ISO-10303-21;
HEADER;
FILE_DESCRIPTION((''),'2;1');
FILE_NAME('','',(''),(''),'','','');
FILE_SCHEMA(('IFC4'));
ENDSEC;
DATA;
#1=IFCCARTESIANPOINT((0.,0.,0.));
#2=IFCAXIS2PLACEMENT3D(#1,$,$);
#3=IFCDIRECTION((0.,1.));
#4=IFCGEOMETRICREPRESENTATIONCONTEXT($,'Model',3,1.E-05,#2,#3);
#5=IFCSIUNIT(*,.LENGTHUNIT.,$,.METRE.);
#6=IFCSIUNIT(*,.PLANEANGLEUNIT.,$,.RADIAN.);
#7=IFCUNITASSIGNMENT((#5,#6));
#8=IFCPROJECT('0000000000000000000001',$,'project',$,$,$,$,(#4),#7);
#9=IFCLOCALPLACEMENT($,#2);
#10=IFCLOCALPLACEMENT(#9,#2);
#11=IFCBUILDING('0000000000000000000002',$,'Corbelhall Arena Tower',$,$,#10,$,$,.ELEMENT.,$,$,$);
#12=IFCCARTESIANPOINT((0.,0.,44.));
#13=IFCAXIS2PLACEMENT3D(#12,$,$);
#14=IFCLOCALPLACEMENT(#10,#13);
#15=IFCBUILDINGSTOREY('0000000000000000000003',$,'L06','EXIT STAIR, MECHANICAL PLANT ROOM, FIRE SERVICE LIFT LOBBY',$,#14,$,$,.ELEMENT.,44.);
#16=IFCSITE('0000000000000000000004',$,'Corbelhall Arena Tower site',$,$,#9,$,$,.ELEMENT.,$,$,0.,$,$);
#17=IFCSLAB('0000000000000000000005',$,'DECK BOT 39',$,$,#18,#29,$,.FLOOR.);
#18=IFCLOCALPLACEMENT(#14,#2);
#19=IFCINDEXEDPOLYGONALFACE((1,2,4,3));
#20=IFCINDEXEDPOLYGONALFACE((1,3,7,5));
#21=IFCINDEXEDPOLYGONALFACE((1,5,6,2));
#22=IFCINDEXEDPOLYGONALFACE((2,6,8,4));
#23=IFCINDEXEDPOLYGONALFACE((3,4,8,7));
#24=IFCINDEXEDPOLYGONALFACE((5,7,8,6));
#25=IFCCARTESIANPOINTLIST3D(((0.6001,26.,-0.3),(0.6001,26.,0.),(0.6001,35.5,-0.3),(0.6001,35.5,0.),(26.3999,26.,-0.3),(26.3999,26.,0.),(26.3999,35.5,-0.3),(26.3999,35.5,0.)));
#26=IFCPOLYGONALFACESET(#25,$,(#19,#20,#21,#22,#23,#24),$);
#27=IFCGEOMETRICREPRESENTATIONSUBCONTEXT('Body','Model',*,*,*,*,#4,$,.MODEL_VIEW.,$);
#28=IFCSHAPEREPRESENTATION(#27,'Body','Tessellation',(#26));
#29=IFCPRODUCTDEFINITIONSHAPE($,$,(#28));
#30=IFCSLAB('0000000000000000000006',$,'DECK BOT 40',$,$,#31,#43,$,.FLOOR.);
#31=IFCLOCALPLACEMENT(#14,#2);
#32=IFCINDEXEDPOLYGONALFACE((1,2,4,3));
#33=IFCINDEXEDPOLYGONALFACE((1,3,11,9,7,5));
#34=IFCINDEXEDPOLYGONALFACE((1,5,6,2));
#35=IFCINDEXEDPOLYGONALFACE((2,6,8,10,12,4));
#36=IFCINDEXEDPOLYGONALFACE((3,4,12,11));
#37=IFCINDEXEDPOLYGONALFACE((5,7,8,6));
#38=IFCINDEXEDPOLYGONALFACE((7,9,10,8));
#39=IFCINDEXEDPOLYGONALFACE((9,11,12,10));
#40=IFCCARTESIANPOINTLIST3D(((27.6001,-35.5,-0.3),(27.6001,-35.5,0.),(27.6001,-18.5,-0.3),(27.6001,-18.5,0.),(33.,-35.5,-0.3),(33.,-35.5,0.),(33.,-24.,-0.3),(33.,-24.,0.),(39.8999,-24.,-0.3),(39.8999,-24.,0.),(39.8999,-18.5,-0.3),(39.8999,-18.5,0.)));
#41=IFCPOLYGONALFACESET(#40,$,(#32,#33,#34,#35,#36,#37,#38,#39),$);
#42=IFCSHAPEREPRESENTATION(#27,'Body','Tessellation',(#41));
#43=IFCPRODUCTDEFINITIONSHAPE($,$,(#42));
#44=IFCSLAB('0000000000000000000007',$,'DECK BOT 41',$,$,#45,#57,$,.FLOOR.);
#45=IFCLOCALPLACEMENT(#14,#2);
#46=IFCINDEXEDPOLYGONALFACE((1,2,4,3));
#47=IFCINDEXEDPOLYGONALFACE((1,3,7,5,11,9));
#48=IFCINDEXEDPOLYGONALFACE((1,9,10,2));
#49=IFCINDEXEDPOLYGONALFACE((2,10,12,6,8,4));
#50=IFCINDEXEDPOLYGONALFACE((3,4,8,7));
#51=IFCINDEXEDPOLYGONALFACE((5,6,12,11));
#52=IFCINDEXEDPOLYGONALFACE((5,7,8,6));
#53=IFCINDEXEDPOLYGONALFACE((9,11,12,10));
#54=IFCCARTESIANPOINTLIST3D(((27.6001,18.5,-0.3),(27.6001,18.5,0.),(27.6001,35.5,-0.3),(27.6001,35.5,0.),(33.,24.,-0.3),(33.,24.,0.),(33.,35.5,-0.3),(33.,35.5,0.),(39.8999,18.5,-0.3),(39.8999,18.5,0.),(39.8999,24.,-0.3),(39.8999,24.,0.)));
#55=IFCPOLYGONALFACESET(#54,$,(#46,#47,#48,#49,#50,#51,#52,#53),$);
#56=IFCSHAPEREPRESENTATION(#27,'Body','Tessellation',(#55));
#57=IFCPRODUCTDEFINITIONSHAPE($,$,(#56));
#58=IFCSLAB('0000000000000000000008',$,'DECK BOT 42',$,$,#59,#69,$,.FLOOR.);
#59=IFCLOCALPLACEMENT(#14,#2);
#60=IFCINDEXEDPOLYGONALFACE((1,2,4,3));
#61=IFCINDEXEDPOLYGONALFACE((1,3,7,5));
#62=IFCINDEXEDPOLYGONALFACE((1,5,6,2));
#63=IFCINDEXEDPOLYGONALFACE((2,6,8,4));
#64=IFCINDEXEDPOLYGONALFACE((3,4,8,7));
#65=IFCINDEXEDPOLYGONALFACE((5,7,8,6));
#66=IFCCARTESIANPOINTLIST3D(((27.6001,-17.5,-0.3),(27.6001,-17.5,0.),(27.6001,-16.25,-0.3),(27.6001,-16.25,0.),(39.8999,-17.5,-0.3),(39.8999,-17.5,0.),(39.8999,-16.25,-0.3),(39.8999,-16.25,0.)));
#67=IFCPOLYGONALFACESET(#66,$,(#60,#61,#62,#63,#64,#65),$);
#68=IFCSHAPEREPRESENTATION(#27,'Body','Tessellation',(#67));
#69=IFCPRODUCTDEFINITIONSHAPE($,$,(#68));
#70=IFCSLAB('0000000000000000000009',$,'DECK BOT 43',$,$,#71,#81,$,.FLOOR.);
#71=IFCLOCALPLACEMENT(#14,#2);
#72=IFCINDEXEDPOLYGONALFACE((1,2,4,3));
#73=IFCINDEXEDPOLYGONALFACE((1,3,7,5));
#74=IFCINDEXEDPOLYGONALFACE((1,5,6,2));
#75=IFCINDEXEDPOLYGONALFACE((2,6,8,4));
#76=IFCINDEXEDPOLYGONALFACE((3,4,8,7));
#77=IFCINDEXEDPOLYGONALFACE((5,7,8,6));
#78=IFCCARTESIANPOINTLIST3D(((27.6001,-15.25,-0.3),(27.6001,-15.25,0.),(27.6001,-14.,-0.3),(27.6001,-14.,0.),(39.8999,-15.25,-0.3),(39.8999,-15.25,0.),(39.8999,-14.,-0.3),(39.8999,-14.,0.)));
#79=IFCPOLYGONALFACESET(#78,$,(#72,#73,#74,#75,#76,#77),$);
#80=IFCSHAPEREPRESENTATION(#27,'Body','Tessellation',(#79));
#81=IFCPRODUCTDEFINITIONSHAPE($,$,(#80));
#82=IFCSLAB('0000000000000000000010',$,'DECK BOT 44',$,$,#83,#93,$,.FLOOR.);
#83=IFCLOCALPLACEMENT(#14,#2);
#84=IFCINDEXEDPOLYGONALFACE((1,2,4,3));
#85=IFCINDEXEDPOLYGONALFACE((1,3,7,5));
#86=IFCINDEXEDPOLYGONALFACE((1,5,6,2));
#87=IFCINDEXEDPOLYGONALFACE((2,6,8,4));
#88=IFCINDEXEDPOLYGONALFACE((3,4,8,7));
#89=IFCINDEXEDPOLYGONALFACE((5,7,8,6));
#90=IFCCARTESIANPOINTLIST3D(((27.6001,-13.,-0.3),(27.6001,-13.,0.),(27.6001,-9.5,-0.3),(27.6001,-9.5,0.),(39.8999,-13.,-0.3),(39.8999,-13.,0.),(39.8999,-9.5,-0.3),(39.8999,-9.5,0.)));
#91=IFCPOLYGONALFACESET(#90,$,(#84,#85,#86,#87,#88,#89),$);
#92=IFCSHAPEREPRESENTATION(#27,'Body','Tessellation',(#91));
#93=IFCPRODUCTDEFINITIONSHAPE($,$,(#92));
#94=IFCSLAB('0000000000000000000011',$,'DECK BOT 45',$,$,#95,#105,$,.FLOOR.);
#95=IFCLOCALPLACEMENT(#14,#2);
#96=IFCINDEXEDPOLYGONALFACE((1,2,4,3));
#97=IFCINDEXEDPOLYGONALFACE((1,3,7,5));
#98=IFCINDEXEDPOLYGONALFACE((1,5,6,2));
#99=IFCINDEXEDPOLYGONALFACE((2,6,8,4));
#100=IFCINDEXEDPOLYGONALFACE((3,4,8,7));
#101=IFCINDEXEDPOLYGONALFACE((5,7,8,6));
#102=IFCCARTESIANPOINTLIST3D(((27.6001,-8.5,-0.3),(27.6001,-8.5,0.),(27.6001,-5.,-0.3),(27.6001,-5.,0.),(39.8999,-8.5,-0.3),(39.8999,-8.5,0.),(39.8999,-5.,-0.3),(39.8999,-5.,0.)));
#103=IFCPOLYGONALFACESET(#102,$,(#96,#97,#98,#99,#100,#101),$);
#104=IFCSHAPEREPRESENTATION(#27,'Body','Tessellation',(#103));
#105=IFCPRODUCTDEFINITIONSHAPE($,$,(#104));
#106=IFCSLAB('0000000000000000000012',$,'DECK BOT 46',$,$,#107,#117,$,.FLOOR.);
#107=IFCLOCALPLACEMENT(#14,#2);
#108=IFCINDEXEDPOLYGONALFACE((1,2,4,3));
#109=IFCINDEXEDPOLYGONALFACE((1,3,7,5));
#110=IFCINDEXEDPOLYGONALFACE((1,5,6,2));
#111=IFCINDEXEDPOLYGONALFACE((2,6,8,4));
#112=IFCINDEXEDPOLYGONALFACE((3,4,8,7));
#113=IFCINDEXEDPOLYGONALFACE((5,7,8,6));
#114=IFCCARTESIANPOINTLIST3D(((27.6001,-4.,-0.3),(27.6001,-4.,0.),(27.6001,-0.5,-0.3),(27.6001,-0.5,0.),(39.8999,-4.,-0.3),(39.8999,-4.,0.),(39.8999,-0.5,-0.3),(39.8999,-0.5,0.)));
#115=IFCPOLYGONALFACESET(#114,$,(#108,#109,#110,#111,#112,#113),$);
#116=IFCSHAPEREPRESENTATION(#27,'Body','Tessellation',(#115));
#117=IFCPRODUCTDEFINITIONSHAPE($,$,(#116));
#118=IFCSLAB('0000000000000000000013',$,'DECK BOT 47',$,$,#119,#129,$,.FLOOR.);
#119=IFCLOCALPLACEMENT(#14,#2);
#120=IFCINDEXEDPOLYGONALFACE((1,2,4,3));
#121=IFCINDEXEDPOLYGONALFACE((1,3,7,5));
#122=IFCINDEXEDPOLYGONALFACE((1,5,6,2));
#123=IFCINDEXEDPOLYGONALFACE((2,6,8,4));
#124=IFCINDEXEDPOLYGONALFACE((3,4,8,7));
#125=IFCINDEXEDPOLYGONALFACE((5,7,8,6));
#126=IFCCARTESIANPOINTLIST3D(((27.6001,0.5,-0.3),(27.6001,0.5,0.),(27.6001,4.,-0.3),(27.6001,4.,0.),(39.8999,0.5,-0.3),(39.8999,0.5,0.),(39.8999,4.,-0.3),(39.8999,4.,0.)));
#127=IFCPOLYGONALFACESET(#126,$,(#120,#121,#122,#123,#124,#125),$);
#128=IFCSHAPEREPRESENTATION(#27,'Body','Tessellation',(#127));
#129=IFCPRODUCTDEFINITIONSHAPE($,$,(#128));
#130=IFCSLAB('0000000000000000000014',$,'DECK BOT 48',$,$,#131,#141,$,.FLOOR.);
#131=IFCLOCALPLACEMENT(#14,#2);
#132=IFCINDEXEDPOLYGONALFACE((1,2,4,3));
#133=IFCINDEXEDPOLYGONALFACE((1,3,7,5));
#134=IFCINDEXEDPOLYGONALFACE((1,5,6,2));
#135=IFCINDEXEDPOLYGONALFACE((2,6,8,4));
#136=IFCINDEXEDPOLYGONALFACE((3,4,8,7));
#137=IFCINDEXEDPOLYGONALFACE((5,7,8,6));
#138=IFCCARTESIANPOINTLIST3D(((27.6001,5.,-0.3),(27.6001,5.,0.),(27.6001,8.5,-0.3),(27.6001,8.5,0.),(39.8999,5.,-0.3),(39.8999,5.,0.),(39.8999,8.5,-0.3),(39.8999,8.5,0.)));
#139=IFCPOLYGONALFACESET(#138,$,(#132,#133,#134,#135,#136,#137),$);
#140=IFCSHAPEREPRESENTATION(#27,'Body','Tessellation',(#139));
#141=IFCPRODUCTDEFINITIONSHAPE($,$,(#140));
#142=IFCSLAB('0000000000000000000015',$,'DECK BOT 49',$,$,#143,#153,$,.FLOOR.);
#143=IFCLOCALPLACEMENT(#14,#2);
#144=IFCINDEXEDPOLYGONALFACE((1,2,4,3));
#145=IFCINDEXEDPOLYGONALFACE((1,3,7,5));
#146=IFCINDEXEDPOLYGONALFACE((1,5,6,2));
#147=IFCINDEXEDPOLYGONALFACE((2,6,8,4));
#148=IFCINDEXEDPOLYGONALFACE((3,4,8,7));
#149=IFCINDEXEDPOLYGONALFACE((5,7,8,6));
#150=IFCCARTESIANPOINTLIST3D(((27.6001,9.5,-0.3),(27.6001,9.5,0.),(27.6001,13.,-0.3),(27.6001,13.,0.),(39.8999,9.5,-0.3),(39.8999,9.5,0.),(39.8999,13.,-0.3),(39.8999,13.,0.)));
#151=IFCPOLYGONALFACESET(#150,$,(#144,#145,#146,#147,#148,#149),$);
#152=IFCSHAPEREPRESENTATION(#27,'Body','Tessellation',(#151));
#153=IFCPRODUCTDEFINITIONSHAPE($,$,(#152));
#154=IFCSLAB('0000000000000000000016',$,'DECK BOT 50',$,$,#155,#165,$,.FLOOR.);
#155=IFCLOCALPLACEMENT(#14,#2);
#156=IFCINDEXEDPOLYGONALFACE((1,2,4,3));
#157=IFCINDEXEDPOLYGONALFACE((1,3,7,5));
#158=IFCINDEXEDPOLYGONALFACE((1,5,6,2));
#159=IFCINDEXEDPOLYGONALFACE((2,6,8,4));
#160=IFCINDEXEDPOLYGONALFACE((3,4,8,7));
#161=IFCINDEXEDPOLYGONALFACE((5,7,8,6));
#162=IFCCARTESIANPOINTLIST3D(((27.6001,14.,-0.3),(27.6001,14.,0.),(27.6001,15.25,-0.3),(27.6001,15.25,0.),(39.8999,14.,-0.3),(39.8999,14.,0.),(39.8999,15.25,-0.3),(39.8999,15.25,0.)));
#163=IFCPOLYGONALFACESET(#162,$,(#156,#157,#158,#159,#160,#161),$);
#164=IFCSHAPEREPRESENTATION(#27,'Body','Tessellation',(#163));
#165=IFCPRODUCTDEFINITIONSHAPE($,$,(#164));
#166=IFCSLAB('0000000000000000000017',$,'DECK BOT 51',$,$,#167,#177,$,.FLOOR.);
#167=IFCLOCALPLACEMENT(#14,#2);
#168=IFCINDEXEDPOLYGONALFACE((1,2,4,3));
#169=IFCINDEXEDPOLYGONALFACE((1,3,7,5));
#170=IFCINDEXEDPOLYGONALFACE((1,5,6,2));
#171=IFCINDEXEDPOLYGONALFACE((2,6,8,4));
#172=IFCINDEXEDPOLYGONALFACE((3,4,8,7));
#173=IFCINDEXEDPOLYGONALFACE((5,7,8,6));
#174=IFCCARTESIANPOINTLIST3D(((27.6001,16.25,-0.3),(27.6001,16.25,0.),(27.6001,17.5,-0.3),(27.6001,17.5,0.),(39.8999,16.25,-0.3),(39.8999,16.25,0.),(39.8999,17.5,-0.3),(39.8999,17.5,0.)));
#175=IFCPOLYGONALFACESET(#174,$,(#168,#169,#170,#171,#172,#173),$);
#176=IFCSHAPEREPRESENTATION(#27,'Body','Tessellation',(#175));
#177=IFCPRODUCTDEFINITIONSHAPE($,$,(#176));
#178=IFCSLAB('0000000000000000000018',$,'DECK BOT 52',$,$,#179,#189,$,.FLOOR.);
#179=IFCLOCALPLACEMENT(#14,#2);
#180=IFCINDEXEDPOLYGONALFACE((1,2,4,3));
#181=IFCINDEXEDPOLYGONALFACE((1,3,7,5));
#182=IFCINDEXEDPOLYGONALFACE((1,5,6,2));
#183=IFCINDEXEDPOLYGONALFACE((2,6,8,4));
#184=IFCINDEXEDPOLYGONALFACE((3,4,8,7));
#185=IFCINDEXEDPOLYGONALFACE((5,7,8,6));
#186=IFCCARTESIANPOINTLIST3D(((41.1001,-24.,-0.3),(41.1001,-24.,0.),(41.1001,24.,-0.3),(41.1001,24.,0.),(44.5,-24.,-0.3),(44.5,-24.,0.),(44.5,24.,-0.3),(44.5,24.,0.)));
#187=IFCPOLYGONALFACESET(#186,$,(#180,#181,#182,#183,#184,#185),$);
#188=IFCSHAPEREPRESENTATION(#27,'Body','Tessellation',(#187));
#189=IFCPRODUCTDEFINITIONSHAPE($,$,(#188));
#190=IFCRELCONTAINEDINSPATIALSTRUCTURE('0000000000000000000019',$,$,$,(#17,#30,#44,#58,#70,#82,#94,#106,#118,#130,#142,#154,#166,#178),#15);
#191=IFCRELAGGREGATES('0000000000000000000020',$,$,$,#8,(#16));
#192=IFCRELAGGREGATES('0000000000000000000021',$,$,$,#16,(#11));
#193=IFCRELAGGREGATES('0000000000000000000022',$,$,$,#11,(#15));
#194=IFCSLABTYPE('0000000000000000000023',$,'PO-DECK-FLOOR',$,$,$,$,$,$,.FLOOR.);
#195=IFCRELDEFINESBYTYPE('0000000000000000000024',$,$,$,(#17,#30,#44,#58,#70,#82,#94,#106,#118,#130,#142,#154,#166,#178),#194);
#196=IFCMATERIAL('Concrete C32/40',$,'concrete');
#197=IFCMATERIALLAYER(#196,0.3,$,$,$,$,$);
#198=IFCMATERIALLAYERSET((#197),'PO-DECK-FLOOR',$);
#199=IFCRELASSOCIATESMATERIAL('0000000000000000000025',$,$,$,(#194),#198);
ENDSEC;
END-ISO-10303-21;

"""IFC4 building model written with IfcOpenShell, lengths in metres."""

from ifc_helpers import new_model, si_unit, direction, frame, origin, place, context, subcontext, project, spatial, polyline, outline, extrude, material, layer, layer_set, type_object, element, save


model = new_model("IFC4")

# Units and contexts
model_context = context("Model", 3, precision=1e-05, world=origin(), true_north=direction((0.0, 1.0)))
body_context = subcontext(model_context, "Body", "Model", "MODEL_VIEW")
ifc_project = project(units=[si_unit("LENGTHUNIT", "METRE"), si_unit("PLANEANGLEUNIT", "RADIAN")], contexts=[model_context])

# Site, building, storey
site_placement = place(None, origin())
site = spatial("IfcSite", under=ifc_project, at=site_placement, Name="Corbelhall Arena Tower site", CompositionType="ELEMENT", RefElevation=0.0)
building_placement = place(site_placement, origin())
building = spatial("IfcBuilding", under=site, at=building_placement, Name="Corbelhall Arena Tower", CompositionType="ELEMENT")
storey_placement = place(building_placement, frame((0.0, 0.0, 44.0)))
storey = spatial("IfcBuildingStorey", under=building, at=storey_placement, Name="L06", Description="EXIT STAIR, MECHANICAL PLANT ROOM, FIRE SERVICE LIFT LOBBY", CompositionType="ELEMENT", Elevation=44.0)

# Slabs
ifc_material_1 = material(Name="Concrete C32/40", Category="concrete")
ifc_layer_1 = layer(ifc_material_1, 0.3)
ifc_layer_set_1 = layer_set([ifc_layer_1], Name="PO-DECK-FLOOR")
slab_type_1 = type_object("IfcSlabType", Name="PO-DECK-FLOOR", PredefinedType="FLOOR", material=ifc_layer_set_1)
slab_1_placement = place(storey_placement, frame((0.0, 0.0, -0.3)))
element("IfcSlab", 1, at=slab_1_placement, inside=storey, type_object=slab_type_1, Name="DECK BOT 39", PredefinedType="FLOOR", context=body_context, shape_type="SweptSolid", body=[
    extrude(outline(polyline([(0.6001, 35.5), (26.3999, 35.5), (26.3999, 26.0), (0.6001, 26.0), (0.6001, 35.5)])), origin(), (0.0, 0.0, 1.0), 0.3),
])
slab_2_placement = place(storey_placement, frame((0.0, 0.0, -0.3)))
element("IfcSlab", 2, at=slab_2_placement, inside=storey, type_object=slab_type_1, Name="DECK BOT 40", PredefinedType="FLOOR", context=body_context, shape_type="SweptSolid", body=[
    extrude(outline(polyline([(27.6001, -35.5), (27.6001, -18.5), (39.8999, -18.5), (39.8999, -24.0), (33.0, -24.0), (33.0, -35.5), (27.6001, -35.5)])), origin(), (0.0, 0.0, 1.0), 0.3),
])
slab_3_placement = place(storey_placement, frame((0.0, 0.0, -0.3)))
element("IfcSlab", 3, at=slab_3_placement, inside=storey, type_object=slab_type_1, Name="DECK BOT 41", PredefinedType="FLOOR", context=body_context, shape_type="SweptSolid", body=[
    extrude(outline(polyline([(27.6001, 35.5), (33.0, 35.5), (33.0, 24.0), (39.8999, 24.0), (39.8999, 18.5), (27.6001, 18.5), (27.6001, 35.5)])), origin(), (0.0, 0.0, 1.0), 0.3),
])
slab_4_placement = place(storey_placement, frame((0.0, 0.0, -0.3)))
element("IfcSlab", 4, at=slab_4_placement, inside=storey, type_object=slab_type_1, Name="DECK BOT 42", PredefinedType="FLOOR", context=body_context, shape_type="SweptSolid", body=[
    extrude(outline(polyline([(39.8999, -17.5), (27.6001, -17.5), (27.6001, -16.25), (39.8999, -16.25), (39.8999, -17.5)])), origin(), (0.0, 0.0, 1.0), 0.3),
])
slab_5_placement = place(storey_placement, frame((0.0, 0.0, -0.3)))
element("IfcSlab", 5, at=slab_5_placement, inside=storey, type_object=slab_type_1, Name="DECK BOT 43", PredefinedType="FLOOR", context=body_context, shape_type="SweptSolid", body=[
    extrude(outline(polyline([(27.6001, -15.25), (27.6001, -14.0), (39.8999, -14.0), (39.8999, -15.25), (27.6001, -15.25)])), origin(), (0.0, 0.0, 1.0), 0.3),
])
slab_6_placement = place(storey_placement, frame((0.0, 0.0, -0.3)))
element("IfcSlab", 6, at=slab_6_placement, inside=storey, type_object=slab_type_1, Name="DECK BOT 44", PredefinedType="FLOOR", context=body_context, shape_type="SweptSolid", body=[
    extrude(outline(polyline([(27.6001, -13.0), (27.6001, -9.5), (39.8999, -9.5), (39.8999, -13.0), (27.6001, -13.0)])), origin(), (0.0, 0.0, 1.0), 0.3),
])
slab_7_placement = place(storey_placement, frame((0.0, 0.0, -0.3)))
element("IfcSlab", 7, at=slab_7_placement, inside=storey, type_object=slab_type_1, Name="DECK BOT 45", PredefinedType="FLOOR", context=body_context, shape_type="SweptSolid", body=[
    extrude(outline(polyline([(27.6001, -8.5), (27.6001, -5.0), (39.8999, -5.0), (39.8999, -8.5), (27.6001, -8.5)])), origin(), (0.0, 0.0, 1.0), 0.3),
])
slab_8_placement = place(storey_placement, frame((0.0, 0.0, -0.3)))
element("IfcSlab", 8, at=slab_8_placement, inside=storey, type_object=slab_type_1, Name="DECK BOT 46", PredefinedType="FLOOR", context=body_context, shape_type="SweptSolid", body=[
    extrude(outline(polyline([(27.6001, -4.0), (27.6001, -0.5), (39.8999, -0.5), (39.8999, -4.0), (27.6001, -4.0)])), origin(), (0.0, 0.0, 1.0), 0.3),
])
slab_9_placement = place(storey_placement, frame((0.0, 0.0, -0.3)))
element("IfcSlab", 9, at=slab_9_placement, inside=storey, type_object=slab_type_1, Name="DECK BOT 47", PredefinedType="FLOOR", context=body_context, shape_type="SweptSolid", body=[
    extrude(outline(polyline([(39.8999, 0.5), (27.6001, 0.5), (27.6001, 4.0), (39.8999, 4.0), (39.8999, 0.5)])), origin(), (0.0, 0.0, 1.0), 0.3),
])
slab_10_placement = place(storey_placement, frame((0.0, 0.0, -0.3)))
element("IfcSlab", 10, at=slab_10_placement, inside=storey, type_object=slab_type_1, Name="DECK BOT 48", PredefinedType="FLOOR", context=body_context, shape_type="SweptSolid", body=[
    extrude(outline(polyline([(39.8999, 5.0), (27.6001, 5.0), (27.6001, 8.5), (39.8999, 8.5), (39.8999, 5.0)])), origin(), (0.0, 0.0, 1.0), 0.3),
])
slab_11_placement = place(storey_placement, frame((0.0, 0.0, -0.3)))
element("IfcSlab", 11, at=slab_11_placement, inside=storey, type_object=slab_type_1, Name="DECK BOT 49", PredefinedType="FLOOR", context=body_context, shape_type="SweptSolid", body=[
    extrude(outline(polyline([(39.8999, 9.5), (27.6001, 9.5), (27.6001, 13.0), (39.8999, 13.0), (39.8999, 9.5)])), origin(), (0.0, 0.0, 1.0), 0.3),
])
slab_12_placement = place(storey_placement, frame((0.0, 0.0, -0.3)))
element("IfcSlab", 12, at=slab_12_placement, inside=storey, type_object=slab_type_1, Name="DECK BOT 50", PredefinedType="FLOOR", context=body_context, shape_type="SweptSolid", body=[
    extrude(outline(polyline([(39.8999, 14.0), (27.6001, 14.0), (27.6001, 15.25), (39.8999, 15.25), (39.8999, 14.0)])), origin(), (0.0, 0.0, 1.0), 0.3),
])
slab_13_placement = place(storey_placement, frame((0.0, 0.0, -0.3)))
element("IfcSlab", 13, at=slab_13_placement, inside=storey, type_object=slab_type_1, Name="DECK BOT 51", PredefinedType="FLOOR", context=body_context, shape_type="SweptSolid", body=[
    extrude(outline(polyline([(39.8999, 16.25), (27.6001, 16.25), (27.6001, 17.5), (39.8999, 17.5), (39.8999, 16.25)])), origin(), (0.0, 0.0, 1.0), 0.3),
])
slab_14_placement = place(storey_placement, frame((0.0, 0.0, -0.3)))
element("IfcSlab", 14, at=slab_14_placement, inside=storey, type_object=slab_type_1, Name="DECK BOT 52", PredefinedType="FLOOR", context=body_context, shape_type="SweptSolid", body=[
    extrude(outline(polyline([(44.5, -24.0), (41.1001, -24.0), (41.1001, 24.0), (44.5, 24.0), (44.5, -24.0)])), origin(), (0.0, 0.0, 1.0), 0.3),
])

save(model, "model.ifc")
